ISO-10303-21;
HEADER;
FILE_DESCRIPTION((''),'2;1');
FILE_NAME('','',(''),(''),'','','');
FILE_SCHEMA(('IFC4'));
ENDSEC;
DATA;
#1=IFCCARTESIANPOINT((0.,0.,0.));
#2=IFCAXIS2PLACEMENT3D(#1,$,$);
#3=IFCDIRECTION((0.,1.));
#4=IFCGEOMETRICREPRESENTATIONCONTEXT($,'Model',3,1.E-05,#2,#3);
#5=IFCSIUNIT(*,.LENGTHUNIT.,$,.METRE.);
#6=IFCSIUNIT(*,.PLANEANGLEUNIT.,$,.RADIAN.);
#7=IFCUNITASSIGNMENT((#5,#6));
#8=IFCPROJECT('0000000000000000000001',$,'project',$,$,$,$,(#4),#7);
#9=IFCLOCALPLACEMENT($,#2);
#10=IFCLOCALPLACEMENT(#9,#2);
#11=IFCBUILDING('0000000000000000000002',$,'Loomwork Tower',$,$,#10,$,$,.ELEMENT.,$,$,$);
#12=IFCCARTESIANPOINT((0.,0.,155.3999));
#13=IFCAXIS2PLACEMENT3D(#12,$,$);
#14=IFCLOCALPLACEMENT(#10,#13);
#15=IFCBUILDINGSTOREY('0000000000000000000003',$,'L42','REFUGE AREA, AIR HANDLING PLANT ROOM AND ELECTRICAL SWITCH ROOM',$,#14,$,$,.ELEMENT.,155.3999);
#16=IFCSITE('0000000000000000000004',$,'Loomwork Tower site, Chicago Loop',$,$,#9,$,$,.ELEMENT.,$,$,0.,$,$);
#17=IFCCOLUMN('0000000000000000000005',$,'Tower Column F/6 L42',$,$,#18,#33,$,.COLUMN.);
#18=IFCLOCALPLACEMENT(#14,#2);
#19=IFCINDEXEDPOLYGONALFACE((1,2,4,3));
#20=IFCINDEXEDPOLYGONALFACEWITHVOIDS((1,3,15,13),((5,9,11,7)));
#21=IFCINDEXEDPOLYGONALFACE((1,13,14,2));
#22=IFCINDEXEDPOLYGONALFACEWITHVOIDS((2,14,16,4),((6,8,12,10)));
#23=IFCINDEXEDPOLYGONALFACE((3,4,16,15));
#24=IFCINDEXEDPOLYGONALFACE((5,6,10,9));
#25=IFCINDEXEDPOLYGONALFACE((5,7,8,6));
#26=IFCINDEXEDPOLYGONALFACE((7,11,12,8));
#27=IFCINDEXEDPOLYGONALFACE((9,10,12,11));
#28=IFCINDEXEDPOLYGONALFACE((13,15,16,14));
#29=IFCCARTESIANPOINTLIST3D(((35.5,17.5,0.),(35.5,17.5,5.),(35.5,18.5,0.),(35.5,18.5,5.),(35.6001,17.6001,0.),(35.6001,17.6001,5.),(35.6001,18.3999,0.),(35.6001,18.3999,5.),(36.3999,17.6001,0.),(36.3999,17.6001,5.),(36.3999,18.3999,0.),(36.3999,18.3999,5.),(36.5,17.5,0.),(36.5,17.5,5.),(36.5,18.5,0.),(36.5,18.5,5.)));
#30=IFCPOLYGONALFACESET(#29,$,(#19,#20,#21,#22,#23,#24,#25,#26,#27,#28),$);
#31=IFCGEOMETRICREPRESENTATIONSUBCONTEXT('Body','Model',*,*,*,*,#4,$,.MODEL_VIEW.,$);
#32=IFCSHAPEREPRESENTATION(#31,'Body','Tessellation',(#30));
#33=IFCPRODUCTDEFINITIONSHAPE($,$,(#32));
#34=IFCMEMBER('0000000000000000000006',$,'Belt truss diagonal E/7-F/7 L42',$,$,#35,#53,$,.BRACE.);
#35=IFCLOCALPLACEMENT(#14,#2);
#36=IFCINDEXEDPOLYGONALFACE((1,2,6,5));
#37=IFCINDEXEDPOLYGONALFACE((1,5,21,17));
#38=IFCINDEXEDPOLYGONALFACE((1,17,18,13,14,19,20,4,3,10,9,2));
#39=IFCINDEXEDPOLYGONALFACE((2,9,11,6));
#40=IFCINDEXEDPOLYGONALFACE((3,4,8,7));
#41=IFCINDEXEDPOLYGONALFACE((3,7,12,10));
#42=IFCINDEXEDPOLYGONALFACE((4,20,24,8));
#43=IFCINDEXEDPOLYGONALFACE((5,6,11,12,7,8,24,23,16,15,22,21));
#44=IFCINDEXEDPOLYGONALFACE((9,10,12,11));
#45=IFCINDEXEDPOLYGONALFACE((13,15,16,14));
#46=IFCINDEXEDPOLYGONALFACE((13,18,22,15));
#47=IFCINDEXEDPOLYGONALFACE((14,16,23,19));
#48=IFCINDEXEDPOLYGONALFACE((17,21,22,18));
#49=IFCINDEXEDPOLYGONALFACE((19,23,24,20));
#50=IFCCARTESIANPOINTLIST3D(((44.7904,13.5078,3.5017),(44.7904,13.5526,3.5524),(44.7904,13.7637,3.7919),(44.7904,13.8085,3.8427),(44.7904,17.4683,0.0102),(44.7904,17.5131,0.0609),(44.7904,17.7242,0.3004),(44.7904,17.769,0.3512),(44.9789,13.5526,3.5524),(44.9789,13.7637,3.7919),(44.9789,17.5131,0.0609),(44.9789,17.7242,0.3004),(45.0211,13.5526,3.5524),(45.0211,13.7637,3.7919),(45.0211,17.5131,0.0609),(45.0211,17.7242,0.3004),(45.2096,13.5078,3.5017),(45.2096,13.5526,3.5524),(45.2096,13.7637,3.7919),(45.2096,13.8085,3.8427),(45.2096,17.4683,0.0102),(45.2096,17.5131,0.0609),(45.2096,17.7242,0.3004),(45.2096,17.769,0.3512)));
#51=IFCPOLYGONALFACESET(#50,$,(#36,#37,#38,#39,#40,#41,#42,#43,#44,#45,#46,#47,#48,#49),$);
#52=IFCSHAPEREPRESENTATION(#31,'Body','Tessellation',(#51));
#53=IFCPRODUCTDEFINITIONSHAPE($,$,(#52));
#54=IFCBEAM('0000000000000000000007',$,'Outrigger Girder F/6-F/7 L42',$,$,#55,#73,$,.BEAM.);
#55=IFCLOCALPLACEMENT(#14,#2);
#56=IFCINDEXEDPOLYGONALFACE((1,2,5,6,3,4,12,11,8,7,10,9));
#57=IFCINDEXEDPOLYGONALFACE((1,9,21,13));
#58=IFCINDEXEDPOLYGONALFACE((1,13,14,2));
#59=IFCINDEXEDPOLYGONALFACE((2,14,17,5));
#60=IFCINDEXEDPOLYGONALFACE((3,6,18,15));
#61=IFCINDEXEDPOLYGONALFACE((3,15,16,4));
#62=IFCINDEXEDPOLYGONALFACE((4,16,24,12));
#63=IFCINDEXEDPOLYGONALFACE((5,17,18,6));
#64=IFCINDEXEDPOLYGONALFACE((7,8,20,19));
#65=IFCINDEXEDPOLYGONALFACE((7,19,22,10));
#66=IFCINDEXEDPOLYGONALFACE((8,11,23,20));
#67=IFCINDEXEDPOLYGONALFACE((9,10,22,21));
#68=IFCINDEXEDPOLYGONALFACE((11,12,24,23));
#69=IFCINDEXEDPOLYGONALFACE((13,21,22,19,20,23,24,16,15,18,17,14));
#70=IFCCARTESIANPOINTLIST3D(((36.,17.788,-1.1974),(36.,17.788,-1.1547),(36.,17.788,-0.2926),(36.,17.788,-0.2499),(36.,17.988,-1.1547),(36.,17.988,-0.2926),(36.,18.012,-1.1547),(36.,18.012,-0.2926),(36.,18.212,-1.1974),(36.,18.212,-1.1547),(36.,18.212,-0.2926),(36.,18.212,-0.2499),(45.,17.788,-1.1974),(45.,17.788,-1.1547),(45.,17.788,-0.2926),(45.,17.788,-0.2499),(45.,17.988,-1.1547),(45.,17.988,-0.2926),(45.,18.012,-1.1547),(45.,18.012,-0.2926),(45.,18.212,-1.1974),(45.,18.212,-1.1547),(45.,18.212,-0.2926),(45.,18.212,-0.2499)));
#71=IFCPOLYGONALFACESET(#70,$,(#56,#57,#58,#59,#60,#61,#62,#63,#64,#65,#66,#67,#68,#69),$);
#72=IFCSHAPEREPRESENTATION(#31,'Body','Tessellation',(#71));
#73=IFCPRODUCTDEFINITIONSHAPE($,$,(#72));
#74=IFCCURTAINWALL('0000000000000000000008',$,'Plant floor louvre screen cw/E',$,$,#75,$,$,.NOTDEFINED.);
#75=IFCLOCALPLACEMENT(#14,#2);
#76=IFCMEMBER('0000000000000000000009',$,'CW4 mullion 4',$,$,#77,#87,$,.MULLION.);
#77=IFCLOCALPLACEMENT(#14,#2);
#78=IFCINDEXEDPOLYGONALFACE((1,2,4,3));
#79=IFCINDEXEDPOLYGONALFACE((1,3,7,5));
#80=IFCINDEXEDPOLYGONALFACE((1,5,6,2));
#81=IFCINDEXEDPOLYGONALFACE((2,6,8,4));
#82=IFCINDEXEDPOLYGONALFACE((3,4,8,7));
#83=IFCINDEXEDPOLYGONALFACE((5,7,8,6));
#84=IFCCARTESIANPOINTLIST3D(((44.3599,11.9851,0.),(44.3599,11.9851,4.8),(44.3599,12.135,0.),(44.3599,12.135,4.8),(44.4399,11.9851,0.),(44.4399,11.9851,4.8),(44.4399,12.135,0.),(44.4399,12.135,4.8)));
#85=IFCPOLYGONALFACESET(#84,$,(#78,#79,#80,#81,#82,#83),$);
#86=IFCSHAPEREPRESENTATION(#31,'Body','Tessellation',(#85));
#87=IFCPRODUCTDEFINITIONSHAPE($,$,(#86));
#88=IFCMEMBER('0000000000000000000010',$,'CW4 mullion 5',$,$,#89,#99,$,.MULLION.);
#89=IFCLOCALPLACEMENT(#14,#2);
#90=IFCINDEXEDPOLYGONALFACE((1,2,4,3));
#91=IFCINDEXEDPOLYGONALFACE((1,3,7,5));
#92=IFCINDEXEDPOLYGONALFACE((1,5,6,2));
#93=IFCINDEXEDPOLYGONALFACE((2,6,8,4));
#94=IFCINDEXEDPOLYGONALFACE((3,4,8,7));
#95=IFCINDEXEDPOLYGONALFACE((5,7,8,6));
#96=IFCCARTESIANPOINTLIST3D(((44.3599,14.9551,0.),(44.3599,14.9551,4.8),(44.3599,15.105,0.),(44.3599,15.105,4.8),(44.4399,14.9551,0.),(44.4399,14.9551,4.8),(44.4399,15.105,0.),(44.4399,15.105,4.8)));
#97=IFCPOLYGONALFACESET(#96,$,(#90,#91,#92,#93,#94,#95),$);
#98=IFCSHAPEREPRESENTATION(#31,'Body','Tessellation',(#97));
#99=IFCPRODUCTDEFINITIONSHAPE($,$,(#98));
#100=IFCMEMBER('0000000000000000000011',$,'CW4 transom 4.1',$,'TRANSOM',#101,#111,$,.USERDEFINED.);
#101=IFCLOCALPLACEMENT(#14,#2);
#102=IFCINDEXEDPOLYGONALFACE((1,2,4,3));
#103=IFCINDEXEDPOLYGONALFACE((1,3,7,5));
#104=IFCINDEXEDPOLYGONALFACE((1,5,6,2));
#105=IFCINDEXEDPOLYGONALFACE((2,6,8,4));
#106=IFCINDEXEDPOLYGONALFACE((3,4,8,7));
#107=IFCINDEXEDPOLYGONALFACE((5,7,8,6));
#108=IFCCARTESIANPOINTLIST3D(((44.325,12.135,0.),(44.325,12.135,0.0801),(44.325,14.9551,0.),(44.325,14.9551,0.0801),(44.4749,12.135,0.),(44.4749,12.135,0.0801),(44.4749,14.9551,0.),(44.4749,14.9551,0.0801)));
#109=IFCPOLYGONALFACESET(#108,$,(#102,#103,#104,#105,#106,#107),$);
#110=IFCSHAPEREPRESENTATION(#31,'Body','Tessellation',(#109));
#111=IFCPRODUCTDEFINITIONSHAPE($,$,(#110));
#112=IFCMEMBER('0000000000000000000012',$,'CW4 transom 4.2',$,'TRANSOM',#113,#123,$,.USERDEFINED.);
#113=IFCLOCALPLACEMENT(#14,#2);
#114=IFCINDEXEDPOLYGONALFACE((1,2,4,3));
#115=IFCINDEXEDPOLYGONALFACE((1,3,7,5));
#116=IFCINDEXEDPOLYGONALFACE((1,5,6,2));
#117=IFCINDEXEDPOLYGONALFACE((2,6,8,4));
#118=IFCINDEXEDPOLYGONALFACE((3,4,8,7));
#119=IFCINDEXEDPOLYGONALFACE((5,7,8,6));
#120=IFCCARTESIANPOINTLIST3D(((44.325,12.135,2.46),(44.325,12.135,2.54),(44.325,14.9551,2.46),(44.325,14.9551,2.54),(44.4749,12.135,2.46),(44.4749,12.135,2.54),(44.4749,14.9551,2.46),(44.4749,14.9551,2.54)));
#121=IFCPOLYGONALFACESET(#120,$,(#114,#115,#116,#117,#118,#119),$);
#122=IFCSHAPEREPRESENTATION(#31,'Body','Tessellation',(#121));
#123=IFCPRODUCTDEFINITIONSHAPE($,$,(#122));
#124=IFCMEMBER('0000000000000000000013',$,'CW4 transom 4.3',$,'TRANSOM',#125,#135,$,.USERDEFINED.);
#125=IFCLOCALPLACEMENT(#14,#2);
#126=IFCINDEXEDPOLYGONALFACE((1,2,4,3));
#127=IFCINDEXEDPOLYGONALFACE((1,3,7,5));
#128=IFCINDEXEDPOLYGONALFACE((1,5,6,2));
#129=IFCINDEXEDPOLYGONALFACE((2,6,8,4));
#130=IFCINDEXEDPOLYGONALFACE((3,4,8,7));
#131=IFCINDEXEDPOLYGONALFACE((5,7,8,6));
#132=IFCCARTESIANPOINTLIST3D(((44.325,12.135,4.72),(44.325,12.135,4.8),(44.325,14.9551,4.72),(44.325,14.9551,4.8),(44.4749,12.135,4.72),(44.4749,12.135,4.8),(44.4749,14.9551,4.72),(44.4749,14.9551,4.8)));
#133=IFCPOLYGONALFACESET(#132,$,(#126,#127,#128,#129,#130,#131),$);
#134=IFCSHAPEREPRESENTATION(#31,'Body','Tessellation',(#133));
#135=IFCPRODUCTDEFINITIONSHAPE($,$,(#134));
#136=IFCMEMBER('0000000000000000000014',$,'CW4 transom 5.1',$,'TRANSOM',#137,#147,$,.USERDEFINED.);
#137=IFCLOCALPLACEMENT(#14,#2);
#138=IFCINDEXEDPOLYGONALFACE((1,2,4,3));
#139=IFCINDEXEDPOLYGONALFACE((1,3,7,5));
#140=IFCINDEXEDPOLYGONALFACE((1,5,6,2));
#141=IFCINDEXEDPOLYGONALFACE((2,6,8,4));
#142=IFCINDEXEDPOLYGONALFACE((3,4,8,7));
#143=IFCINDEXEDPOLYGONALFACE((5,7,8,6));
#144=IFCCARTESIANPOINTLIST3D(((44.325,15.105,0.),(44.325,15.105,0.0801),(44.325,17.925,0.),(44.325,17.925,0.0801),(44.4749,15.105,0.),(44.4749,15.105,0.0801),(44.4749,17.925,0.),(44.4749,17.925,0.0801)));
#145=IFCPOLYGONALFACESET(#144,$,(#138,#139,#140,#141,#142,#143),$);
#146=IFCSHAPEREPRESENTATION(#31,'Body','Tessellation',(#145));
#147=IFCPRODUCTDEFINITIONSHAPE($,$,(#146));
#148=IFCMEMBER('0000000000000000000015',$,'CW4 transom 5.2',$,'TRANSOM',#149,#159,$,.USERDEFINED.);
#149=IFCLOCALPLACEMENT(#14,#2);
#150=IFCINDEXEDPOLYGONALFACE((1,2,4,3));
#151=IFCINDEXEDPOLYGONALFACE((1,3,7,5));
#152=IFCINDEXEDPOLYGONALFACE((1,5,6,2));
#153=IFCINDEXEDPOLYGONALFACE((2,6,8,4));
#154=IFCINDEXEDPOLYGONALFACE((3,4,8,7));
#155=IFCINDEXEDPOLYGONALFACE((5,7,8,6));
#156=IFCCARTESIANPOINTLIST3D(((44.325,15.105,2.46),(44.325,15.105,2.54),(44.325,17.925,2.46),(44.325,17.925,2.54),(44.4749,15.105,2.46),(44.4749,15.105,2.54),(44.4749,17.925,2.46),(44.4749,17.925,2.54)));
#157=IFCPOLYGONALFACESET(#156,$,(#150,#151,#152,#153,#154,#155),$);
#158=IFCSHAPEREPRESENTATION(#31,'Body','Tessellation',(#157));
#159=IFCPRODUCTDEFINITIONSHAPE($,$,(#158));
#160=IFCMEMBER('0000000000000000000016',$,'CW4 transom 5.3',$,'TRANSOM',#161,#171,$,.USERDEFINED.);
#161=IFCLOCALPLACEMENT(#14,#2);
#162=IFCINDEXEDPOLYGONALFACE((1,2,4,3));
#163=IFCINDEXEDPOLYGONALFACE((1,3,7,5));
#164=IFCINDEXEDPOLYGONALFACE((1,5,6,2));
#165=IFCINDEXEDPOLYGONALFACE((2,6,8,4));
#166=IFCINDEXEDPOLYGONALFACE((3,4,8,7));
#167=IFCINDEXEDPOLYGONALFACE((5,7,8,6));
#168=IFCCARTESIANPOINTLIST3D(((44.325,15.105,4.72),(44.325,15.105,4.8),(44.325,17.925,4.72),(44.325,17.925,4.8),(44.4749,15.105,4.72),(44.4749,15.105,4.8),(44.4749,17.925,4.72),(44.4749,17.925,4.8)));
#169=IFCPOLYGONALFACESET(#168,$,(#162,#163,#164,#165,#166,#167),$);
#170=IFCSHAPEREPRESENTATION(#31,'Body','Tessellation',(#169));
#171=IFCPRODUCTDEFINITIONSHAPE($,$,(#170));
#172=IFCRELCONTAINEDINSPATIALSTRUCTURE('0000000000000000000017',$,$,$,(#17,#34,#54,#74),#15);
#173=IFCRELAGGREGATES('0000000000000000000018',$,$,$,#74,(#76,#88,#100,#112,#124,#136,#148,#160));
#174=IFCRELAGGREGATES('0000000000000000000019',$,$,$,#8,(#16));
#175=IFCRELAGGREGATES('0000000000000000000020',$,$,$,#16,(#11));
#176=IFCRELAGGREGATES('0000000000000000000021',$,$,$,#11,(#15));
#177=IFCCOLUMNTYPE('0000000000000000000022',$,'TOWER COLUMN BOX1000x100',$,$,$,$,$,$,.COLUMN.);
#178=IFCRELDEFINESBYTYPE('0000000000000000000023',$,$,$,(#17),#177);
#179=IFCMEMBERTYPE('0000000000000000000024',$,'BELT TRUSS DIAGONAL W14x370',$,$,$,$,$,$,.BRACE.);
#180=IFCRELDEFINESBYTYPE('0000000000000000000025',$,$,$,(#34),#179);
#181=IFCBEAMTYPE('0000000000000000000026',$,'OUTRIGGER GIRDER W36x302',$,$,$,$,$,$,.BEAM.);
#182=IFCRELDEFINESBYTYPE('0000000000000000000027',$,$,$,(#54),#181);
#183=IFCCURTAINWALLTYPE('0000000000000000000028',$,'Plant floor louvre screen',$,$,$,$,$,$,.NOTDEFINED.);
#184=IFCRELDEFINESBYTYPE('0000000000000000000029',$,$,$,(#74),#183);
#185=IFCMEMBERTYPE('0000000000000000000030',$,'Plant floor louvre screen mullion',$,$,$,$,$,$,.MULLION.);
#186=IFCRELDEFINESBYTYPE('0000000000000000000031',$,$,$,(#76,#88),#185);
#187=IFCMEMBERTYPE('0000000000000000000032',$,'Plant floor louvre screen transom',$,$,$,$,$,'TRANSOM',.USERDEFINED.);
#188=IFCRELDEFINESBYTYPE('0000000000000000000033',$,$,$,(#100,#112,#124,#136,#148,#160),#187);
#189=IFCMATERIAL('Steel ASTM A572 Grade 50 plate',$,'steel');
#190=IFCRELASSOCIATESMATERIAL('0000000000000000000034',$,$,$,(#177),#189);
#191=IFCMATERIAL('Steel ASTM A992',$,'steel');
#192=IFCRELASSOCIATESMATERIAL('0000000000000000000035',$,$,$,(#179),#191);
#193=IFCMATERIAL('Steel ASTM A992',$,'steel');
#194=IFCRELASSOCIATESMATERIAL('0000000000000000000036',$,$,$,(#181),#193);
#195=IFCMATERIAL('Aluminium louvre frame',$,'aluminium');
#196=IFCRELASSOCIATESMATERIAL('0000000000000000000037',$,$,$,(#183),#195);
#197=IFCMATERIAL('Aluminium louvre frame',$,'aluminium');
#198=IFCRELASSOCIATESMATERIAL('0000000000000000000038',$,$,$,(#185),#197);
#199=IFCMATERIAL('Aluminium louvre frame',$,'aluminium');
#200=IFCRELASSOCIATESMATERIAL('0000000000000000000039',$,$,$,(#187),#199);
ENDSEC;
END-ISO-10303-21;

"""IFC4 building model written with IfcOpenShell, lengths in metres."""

from ifc_helpers import new_model, si_unit, direction, frame, origin, origin_2d, place, context, subcontext, project, spatial, rectangle, hollow_rectangle, i_section, extrude, material, material_profile, profile_set, type_object, element, aggregate, save


model = new_model("IFC4")

# Units and contexts
model_context = context("Model", 3, precision=1e-05, world=origin(), true_north=direction((0.0, 1.0)))
body_context = subcontext(model_context, "Body", "Model", "MODEL_VIEW")
ifc_project = project(units=[si_unit("LENGTHUNIT", "METRE"), si_unit("PLANEANGLEUNIT", "RADIAN")], contexts=[model_context])

# Site, building, storey
site_placement = place(None, origin())
site = spatial("IfcSite", under=ifc_project, at=site_placement, Name="Loomwork Tower site, Chicago Loop", CompositionType="ELEMENT", RefElevation=0.0)
building_placement = place(site_placement, origin())
building = spatial("IfcBuilding", under=site, at=building_placement, Name="Loomwork Tower", CompositionType="ELEMENT")
storey_placement = place(building_placement, frame((0.0, 0.0, 155.3999)))
storey = spatial("IfcBuildingStorey", under=building, at=storey_placement, Name="L42", Description="REFUGE AREA, AIR HANDLING PLANT ROOM AND ELECTRICAL SWITCH ROOM", CompositionType="ELEMENT", Elevation=155.3999)

# Column
ifc_material_1 = material(Name="Steel ASTM A572 Grade 50 plate", Category="steel")
ifc_material_profile_1 = material_profile(ifc_material_1, hollow_rectangle(XDim=1.0, YDim=1.0, WallThickness=0.1001, at=origin_2d()), Name="BOX1000x100")
ifc_profile_set_1 = profile_set([ifc_material_profile_1], Name="Steel ASTM A572 Grade 50 plate")
column_type = type_object("IfcColumnType", Name="TOWER COLUMN BOX1000x100", PredefinedType="COLUMN", material=ifc_profile_set_1)
column_placement = place(storey_placement, frame((36.0, 18.0, 0.0), z_axis=(0.0, 0.0, 1.0), x_axis=(0.0, 1.0, 0.0)))
element("IfcColumn", 1, at=column_placement, inside=storey, type_object=column_type, Name="Tower Column F/6 L42", PredefinedType="COLUMN", context=body_context, shape_type="SweptSolid", body=[
    extrude(hollow_rectangle(XDim=1.0, YDim=1.0, WallThickness=0.1001, at=origin_2d()), origin(), (0.0, 0.0, 1.0), 5.0),
])

# Member
ifc_material_2 = material(Name="Steel ASTM A992", Category="steel")
ifc_material_profile_2 = material_profile(ifc_material_2, i_section(OverallWidth=0.4192, OverallDepth=0.4546, WebThickness=0.0422, FlangeThickness=0.0676, at=origin_2d()), Name="W14x370")
ifc_profile_set_2 = profile_set([ifc_material_profile_2], Name="Steel ASTM A992")
member_type_1 = type_object("IfcMemberType", Name="BELT TRUSS DIAGONAL W14x370", PredefinedType="BRACE", material=ifc_profile_set_2)
member_1_placement = place(storey_placement, frame((45.0, 17.6187, 0.1807), z_axis=(0.0, -0.750125, 0.661296), x_axis=(1.0, 0.0, 0.0)))
element("IfcMember", 2, at=member_1_placement, inside=storey, type_object=member_type_1, Name="Belt truss diagonal E/7-F/7 L42", PredefinedType="BRACE", context=body_context, shape_type="SweptSolid", body=[
    extrude(i_section(OverallWidth=0.4192, OverallDepth=0.4546, WebThickness=0.0422, FlangeThickness=0.0676, at=origin_2d()), origin(), (0.0, 0.0, 1.0), 5.2798),
])

# Beam
ifc_material_3 = material(Name="Steel ASTM A992", Category="steel")
ifc_material_profile_3 = material_profile(ifc_material_3, i_section(OverallWidth=0.4241, OverallDepth=0.9475, WebThickness=0.0239, FlangeThickness=0.0427, at=origin_2d()), Name="W36x302")
ifc_profile_set_3 = profile_set([ifc_material_profile_3], Name="Steel ASTM A992")
beam_type = type_object("IfcBeamType", Name="OUTRIGGER GIRDER W36x302", PredefinedType="BEAM", material=ifc_profile_set_3)
beam_placement = place(storey_placement, frame((36.0, 18.0, -0.7236), z_axis=(1.0, 0.0, 0.0), x_axis=(0.0, 1.0, 0.0)))
element("IfcBeam", 3, at=beam_placement, inside=storey, type_object=beam_type, Name="Outrigger Girder F/6-F/7 L42", PredefinedType="BEAM", context=body_context, shape_type="SweptSolid", body=[
    extrude(i_section(OverallWidth=0.4241, OverallDepth=0.9475, WebThickness=0.0239, FlangeThickness=0.0427, at=origin_2d()), origin(), (0.0, 0.0, 1.0), 9.0),
])

# Curtain wall, members
ifc_material_4 = material(Name="Aluminium louvre frame", Category="aluminium")
curtain_wall_type = type_object("IfcCurtainWallType", Name="Plant floor louvre screen", PredefinedType="NOTDEFINED", material=ifc_material_4)
curtain_wall_placement = place(storey_placement, origin())
curtain_wall = element("IfcCurtainWall", 4, at=curtain_wall_placement, inside=storey, type_object=curtain_wall_type, Name="Plant floor louvre screen cw/E", PredefinedType="NOTDEFINED")
ifc_material_5 = material(Name="Aluminium louvre frame", Category="aluminium")
ifc_material_profile_4 = material_profile(ifc_material_5, rectangle(XDim=0.0801, YDim=0.1499, at=origin_2d()), Name="AL 80x150")
ifc_profile_set_4 = profile_set([ifc_material_profile_4], Name="Aluminium louvre frame")
member_type_2 = type_object("IfcMemberType", Name="Plant floor louvre screen mullion", PredefinedType="MULLION", material=ifc_profile_set_4)
member_2_placement = place(storey_placement, frame((44.3999, 12.0601, 0.0), z_axis=(0.0, 0.0, 1.0), x_axis=(-1.0, 0.0, 0.0)))
member_2 = element("IfcMember", 5, at=member_2_placement, type_object=member_type_2, Name="CW4 mullion 4", PredefinedType="MULLION", context=body_context, shape_type="SweptSolid", body=[
    extrude(rectangle(XDim=0.0801, YDim=0.1499, at=origin_2d()), origin(), (0.0, 0.0, 1.0), 4.8),
])
member_3_placement = place(storey_placement, frame((44.3999, 15.03, 0.0), z_axis=(0.0, 0.0, 1.0), x_axis=(-1.0, 0.0, 0.0)))
member_3 = element("IfcMember", 6, at=member_3_placement, type_object=member_type_2, Name="CW4 mullion 5", PredefinedType="MULLION", context=body_context, shape_type="SweptSolid", body=[
    extrude(rectangle(XDim=0.0801, YDim=0.1499, at=origin_2d()), origin(), (0.0, 0.0, 1.0), 4.8),
])
ifc_material_6 = material(Name="Aluminium louvre frame", Category="aluminium")
ifc_material_profile_5 = material_profile(ifc_material_6, rectangle(XDim=0.1499, YDim=0.0801, at=origin_2d()), Name="AL 80x150")
ifc_profile_set_5 = profile_set([ifc_material_profile_5], Name="Aluminium louvre frame")
member_type_3 = type_object("IfcMemberType", Name="Plant floor louvre screen transom", ElementType="TRANSOM", PredefinedType="USERDEFINED", material=ifc_profile_set_5)
member_4_placement = place(storey_placement, frame((44.3999, 12.135, 0.04), z_axis=(0.0, 1.0, 0.0), x_axis=(-1.0, 0.0, 0.0)))
member_4 = element("IfcMember", 7, at=member_4_placement, type_object=member_type_3, Name="CW4 transom 4.1", ObjectType="TRANSOM", PredefinedType="USERDEFINED", context=body_context, shape_type="SweptSolid", body=[
    extrude(rectangle(XDim=0.1499, YDim=0.0801, at=origin_2d()), origin(), (0.0, 0.0, 1.0), 2.8201),
])
member_5_placement = place(storey_placement, frame((44.3999, 12.135, 2.5), z_axis=(0.0, 1.0, 0.0), x_axis=(-1.0, 0.0, 0.0)))
member_5 = element("IfcMember", 8, at=member_5_placement, type_object=member_type_3, Name="CW4 transom 4.2", ObjectType="TRANSOM", PredefinedType="USERDEFINED", context=body_context, shape_type="SweptSolid", body=[
    extrude(rectangle(XDim=0.1499, YDim=0.0801, at=origin_2d()), origin(), (0.0, 0.0, 1.0), 2.8201),
])
member_6_placement = place(storey_placement, frame((44.3999, 12.135, 4.76), z_axis=(0.0, 1.0, 0.0), x_axis=(-1.0, 0.0, 0.0)))
member_6 = element("IfcMember", 9, at=member_6_placement, type_object=member_type_3, Name="CW4 transom 4.3", ObjectType="TRANSOM", PredefinedType="USERDEFINED", context=body_context, shape_type="SweptSolid", body=[
    extrude(rectangle(XDim=0.1499, YDim=0.0801, at=origin_2d()), origin(), (0.0, 0.0, 1.0), 2.8201),
])
member_7_placement = place(storey_placement, frame((44.3999, 15.105, 0.04), z_axis=(0.0, 1.0, 0.0), x_axis=(-1.0, 0.0, 0.0)))
member_7 = element("IfcMember", 10, at=member_7_placement, type_object=member_type_3, Name="CW4 transom 5.1", ObjectType="TRANSOM", PredefinedType="USERDEFINED", context=body_context, shape_type="SweptSolid", body=[
    extrude(rectangle(XDim=0.1499, YDim=0.0801, at=origin_2d()), origin(), (0.0, 0.0, 1.0), 2.8201),
])
member_8_placement = place(storey_placement, frame((44.3999, 15.105, 2.5), z_axis=(0.0, 1.0, 0.0), x_axis=(-1.0, 0.0, 0.0)))
member_8 = element("IfcMember", 11, at=member_8_placement, type_object=member_type_3, Name="CW4 transom 5.2", ObjectType="TRANSOM", PredefinedType="USERDEFINED", context=body_context, shape_type="SweptSolid", body=[
    extrude(rectangle(XDim=0.1499, YDim=0.0801, at=origin_2d()), origin(), (0.0, 0.0, 1.0), 2.8201),
])
member_9_placement = place(storey_placement, frame((44.3999, 15.105, 4.76), z_axis=(0.0, 1.0, 0.0), x_axis=(-1.0, 0.0, 0.0)))
member_9 = element("IfcMember", 12, at=member_9_placement, type_object=member_type_3, Name="CW4 transom 5.3", ObjectType="TRANSOM", PredefinedType="USERDEFINED", context=body_context, shape_type="SweptSolid", body=[
    extrude(rectangle(XDim=0.1499, YDim=0.0801, at=origin_2d()), origin(), (0.0, 0.0, 1.0), 2.8201),
])

aggregate(curtain_wall, [member_2, member_3, member_4, member_5, member_6, member_7, member_8, member_9])

save(model, "model.ifc")
